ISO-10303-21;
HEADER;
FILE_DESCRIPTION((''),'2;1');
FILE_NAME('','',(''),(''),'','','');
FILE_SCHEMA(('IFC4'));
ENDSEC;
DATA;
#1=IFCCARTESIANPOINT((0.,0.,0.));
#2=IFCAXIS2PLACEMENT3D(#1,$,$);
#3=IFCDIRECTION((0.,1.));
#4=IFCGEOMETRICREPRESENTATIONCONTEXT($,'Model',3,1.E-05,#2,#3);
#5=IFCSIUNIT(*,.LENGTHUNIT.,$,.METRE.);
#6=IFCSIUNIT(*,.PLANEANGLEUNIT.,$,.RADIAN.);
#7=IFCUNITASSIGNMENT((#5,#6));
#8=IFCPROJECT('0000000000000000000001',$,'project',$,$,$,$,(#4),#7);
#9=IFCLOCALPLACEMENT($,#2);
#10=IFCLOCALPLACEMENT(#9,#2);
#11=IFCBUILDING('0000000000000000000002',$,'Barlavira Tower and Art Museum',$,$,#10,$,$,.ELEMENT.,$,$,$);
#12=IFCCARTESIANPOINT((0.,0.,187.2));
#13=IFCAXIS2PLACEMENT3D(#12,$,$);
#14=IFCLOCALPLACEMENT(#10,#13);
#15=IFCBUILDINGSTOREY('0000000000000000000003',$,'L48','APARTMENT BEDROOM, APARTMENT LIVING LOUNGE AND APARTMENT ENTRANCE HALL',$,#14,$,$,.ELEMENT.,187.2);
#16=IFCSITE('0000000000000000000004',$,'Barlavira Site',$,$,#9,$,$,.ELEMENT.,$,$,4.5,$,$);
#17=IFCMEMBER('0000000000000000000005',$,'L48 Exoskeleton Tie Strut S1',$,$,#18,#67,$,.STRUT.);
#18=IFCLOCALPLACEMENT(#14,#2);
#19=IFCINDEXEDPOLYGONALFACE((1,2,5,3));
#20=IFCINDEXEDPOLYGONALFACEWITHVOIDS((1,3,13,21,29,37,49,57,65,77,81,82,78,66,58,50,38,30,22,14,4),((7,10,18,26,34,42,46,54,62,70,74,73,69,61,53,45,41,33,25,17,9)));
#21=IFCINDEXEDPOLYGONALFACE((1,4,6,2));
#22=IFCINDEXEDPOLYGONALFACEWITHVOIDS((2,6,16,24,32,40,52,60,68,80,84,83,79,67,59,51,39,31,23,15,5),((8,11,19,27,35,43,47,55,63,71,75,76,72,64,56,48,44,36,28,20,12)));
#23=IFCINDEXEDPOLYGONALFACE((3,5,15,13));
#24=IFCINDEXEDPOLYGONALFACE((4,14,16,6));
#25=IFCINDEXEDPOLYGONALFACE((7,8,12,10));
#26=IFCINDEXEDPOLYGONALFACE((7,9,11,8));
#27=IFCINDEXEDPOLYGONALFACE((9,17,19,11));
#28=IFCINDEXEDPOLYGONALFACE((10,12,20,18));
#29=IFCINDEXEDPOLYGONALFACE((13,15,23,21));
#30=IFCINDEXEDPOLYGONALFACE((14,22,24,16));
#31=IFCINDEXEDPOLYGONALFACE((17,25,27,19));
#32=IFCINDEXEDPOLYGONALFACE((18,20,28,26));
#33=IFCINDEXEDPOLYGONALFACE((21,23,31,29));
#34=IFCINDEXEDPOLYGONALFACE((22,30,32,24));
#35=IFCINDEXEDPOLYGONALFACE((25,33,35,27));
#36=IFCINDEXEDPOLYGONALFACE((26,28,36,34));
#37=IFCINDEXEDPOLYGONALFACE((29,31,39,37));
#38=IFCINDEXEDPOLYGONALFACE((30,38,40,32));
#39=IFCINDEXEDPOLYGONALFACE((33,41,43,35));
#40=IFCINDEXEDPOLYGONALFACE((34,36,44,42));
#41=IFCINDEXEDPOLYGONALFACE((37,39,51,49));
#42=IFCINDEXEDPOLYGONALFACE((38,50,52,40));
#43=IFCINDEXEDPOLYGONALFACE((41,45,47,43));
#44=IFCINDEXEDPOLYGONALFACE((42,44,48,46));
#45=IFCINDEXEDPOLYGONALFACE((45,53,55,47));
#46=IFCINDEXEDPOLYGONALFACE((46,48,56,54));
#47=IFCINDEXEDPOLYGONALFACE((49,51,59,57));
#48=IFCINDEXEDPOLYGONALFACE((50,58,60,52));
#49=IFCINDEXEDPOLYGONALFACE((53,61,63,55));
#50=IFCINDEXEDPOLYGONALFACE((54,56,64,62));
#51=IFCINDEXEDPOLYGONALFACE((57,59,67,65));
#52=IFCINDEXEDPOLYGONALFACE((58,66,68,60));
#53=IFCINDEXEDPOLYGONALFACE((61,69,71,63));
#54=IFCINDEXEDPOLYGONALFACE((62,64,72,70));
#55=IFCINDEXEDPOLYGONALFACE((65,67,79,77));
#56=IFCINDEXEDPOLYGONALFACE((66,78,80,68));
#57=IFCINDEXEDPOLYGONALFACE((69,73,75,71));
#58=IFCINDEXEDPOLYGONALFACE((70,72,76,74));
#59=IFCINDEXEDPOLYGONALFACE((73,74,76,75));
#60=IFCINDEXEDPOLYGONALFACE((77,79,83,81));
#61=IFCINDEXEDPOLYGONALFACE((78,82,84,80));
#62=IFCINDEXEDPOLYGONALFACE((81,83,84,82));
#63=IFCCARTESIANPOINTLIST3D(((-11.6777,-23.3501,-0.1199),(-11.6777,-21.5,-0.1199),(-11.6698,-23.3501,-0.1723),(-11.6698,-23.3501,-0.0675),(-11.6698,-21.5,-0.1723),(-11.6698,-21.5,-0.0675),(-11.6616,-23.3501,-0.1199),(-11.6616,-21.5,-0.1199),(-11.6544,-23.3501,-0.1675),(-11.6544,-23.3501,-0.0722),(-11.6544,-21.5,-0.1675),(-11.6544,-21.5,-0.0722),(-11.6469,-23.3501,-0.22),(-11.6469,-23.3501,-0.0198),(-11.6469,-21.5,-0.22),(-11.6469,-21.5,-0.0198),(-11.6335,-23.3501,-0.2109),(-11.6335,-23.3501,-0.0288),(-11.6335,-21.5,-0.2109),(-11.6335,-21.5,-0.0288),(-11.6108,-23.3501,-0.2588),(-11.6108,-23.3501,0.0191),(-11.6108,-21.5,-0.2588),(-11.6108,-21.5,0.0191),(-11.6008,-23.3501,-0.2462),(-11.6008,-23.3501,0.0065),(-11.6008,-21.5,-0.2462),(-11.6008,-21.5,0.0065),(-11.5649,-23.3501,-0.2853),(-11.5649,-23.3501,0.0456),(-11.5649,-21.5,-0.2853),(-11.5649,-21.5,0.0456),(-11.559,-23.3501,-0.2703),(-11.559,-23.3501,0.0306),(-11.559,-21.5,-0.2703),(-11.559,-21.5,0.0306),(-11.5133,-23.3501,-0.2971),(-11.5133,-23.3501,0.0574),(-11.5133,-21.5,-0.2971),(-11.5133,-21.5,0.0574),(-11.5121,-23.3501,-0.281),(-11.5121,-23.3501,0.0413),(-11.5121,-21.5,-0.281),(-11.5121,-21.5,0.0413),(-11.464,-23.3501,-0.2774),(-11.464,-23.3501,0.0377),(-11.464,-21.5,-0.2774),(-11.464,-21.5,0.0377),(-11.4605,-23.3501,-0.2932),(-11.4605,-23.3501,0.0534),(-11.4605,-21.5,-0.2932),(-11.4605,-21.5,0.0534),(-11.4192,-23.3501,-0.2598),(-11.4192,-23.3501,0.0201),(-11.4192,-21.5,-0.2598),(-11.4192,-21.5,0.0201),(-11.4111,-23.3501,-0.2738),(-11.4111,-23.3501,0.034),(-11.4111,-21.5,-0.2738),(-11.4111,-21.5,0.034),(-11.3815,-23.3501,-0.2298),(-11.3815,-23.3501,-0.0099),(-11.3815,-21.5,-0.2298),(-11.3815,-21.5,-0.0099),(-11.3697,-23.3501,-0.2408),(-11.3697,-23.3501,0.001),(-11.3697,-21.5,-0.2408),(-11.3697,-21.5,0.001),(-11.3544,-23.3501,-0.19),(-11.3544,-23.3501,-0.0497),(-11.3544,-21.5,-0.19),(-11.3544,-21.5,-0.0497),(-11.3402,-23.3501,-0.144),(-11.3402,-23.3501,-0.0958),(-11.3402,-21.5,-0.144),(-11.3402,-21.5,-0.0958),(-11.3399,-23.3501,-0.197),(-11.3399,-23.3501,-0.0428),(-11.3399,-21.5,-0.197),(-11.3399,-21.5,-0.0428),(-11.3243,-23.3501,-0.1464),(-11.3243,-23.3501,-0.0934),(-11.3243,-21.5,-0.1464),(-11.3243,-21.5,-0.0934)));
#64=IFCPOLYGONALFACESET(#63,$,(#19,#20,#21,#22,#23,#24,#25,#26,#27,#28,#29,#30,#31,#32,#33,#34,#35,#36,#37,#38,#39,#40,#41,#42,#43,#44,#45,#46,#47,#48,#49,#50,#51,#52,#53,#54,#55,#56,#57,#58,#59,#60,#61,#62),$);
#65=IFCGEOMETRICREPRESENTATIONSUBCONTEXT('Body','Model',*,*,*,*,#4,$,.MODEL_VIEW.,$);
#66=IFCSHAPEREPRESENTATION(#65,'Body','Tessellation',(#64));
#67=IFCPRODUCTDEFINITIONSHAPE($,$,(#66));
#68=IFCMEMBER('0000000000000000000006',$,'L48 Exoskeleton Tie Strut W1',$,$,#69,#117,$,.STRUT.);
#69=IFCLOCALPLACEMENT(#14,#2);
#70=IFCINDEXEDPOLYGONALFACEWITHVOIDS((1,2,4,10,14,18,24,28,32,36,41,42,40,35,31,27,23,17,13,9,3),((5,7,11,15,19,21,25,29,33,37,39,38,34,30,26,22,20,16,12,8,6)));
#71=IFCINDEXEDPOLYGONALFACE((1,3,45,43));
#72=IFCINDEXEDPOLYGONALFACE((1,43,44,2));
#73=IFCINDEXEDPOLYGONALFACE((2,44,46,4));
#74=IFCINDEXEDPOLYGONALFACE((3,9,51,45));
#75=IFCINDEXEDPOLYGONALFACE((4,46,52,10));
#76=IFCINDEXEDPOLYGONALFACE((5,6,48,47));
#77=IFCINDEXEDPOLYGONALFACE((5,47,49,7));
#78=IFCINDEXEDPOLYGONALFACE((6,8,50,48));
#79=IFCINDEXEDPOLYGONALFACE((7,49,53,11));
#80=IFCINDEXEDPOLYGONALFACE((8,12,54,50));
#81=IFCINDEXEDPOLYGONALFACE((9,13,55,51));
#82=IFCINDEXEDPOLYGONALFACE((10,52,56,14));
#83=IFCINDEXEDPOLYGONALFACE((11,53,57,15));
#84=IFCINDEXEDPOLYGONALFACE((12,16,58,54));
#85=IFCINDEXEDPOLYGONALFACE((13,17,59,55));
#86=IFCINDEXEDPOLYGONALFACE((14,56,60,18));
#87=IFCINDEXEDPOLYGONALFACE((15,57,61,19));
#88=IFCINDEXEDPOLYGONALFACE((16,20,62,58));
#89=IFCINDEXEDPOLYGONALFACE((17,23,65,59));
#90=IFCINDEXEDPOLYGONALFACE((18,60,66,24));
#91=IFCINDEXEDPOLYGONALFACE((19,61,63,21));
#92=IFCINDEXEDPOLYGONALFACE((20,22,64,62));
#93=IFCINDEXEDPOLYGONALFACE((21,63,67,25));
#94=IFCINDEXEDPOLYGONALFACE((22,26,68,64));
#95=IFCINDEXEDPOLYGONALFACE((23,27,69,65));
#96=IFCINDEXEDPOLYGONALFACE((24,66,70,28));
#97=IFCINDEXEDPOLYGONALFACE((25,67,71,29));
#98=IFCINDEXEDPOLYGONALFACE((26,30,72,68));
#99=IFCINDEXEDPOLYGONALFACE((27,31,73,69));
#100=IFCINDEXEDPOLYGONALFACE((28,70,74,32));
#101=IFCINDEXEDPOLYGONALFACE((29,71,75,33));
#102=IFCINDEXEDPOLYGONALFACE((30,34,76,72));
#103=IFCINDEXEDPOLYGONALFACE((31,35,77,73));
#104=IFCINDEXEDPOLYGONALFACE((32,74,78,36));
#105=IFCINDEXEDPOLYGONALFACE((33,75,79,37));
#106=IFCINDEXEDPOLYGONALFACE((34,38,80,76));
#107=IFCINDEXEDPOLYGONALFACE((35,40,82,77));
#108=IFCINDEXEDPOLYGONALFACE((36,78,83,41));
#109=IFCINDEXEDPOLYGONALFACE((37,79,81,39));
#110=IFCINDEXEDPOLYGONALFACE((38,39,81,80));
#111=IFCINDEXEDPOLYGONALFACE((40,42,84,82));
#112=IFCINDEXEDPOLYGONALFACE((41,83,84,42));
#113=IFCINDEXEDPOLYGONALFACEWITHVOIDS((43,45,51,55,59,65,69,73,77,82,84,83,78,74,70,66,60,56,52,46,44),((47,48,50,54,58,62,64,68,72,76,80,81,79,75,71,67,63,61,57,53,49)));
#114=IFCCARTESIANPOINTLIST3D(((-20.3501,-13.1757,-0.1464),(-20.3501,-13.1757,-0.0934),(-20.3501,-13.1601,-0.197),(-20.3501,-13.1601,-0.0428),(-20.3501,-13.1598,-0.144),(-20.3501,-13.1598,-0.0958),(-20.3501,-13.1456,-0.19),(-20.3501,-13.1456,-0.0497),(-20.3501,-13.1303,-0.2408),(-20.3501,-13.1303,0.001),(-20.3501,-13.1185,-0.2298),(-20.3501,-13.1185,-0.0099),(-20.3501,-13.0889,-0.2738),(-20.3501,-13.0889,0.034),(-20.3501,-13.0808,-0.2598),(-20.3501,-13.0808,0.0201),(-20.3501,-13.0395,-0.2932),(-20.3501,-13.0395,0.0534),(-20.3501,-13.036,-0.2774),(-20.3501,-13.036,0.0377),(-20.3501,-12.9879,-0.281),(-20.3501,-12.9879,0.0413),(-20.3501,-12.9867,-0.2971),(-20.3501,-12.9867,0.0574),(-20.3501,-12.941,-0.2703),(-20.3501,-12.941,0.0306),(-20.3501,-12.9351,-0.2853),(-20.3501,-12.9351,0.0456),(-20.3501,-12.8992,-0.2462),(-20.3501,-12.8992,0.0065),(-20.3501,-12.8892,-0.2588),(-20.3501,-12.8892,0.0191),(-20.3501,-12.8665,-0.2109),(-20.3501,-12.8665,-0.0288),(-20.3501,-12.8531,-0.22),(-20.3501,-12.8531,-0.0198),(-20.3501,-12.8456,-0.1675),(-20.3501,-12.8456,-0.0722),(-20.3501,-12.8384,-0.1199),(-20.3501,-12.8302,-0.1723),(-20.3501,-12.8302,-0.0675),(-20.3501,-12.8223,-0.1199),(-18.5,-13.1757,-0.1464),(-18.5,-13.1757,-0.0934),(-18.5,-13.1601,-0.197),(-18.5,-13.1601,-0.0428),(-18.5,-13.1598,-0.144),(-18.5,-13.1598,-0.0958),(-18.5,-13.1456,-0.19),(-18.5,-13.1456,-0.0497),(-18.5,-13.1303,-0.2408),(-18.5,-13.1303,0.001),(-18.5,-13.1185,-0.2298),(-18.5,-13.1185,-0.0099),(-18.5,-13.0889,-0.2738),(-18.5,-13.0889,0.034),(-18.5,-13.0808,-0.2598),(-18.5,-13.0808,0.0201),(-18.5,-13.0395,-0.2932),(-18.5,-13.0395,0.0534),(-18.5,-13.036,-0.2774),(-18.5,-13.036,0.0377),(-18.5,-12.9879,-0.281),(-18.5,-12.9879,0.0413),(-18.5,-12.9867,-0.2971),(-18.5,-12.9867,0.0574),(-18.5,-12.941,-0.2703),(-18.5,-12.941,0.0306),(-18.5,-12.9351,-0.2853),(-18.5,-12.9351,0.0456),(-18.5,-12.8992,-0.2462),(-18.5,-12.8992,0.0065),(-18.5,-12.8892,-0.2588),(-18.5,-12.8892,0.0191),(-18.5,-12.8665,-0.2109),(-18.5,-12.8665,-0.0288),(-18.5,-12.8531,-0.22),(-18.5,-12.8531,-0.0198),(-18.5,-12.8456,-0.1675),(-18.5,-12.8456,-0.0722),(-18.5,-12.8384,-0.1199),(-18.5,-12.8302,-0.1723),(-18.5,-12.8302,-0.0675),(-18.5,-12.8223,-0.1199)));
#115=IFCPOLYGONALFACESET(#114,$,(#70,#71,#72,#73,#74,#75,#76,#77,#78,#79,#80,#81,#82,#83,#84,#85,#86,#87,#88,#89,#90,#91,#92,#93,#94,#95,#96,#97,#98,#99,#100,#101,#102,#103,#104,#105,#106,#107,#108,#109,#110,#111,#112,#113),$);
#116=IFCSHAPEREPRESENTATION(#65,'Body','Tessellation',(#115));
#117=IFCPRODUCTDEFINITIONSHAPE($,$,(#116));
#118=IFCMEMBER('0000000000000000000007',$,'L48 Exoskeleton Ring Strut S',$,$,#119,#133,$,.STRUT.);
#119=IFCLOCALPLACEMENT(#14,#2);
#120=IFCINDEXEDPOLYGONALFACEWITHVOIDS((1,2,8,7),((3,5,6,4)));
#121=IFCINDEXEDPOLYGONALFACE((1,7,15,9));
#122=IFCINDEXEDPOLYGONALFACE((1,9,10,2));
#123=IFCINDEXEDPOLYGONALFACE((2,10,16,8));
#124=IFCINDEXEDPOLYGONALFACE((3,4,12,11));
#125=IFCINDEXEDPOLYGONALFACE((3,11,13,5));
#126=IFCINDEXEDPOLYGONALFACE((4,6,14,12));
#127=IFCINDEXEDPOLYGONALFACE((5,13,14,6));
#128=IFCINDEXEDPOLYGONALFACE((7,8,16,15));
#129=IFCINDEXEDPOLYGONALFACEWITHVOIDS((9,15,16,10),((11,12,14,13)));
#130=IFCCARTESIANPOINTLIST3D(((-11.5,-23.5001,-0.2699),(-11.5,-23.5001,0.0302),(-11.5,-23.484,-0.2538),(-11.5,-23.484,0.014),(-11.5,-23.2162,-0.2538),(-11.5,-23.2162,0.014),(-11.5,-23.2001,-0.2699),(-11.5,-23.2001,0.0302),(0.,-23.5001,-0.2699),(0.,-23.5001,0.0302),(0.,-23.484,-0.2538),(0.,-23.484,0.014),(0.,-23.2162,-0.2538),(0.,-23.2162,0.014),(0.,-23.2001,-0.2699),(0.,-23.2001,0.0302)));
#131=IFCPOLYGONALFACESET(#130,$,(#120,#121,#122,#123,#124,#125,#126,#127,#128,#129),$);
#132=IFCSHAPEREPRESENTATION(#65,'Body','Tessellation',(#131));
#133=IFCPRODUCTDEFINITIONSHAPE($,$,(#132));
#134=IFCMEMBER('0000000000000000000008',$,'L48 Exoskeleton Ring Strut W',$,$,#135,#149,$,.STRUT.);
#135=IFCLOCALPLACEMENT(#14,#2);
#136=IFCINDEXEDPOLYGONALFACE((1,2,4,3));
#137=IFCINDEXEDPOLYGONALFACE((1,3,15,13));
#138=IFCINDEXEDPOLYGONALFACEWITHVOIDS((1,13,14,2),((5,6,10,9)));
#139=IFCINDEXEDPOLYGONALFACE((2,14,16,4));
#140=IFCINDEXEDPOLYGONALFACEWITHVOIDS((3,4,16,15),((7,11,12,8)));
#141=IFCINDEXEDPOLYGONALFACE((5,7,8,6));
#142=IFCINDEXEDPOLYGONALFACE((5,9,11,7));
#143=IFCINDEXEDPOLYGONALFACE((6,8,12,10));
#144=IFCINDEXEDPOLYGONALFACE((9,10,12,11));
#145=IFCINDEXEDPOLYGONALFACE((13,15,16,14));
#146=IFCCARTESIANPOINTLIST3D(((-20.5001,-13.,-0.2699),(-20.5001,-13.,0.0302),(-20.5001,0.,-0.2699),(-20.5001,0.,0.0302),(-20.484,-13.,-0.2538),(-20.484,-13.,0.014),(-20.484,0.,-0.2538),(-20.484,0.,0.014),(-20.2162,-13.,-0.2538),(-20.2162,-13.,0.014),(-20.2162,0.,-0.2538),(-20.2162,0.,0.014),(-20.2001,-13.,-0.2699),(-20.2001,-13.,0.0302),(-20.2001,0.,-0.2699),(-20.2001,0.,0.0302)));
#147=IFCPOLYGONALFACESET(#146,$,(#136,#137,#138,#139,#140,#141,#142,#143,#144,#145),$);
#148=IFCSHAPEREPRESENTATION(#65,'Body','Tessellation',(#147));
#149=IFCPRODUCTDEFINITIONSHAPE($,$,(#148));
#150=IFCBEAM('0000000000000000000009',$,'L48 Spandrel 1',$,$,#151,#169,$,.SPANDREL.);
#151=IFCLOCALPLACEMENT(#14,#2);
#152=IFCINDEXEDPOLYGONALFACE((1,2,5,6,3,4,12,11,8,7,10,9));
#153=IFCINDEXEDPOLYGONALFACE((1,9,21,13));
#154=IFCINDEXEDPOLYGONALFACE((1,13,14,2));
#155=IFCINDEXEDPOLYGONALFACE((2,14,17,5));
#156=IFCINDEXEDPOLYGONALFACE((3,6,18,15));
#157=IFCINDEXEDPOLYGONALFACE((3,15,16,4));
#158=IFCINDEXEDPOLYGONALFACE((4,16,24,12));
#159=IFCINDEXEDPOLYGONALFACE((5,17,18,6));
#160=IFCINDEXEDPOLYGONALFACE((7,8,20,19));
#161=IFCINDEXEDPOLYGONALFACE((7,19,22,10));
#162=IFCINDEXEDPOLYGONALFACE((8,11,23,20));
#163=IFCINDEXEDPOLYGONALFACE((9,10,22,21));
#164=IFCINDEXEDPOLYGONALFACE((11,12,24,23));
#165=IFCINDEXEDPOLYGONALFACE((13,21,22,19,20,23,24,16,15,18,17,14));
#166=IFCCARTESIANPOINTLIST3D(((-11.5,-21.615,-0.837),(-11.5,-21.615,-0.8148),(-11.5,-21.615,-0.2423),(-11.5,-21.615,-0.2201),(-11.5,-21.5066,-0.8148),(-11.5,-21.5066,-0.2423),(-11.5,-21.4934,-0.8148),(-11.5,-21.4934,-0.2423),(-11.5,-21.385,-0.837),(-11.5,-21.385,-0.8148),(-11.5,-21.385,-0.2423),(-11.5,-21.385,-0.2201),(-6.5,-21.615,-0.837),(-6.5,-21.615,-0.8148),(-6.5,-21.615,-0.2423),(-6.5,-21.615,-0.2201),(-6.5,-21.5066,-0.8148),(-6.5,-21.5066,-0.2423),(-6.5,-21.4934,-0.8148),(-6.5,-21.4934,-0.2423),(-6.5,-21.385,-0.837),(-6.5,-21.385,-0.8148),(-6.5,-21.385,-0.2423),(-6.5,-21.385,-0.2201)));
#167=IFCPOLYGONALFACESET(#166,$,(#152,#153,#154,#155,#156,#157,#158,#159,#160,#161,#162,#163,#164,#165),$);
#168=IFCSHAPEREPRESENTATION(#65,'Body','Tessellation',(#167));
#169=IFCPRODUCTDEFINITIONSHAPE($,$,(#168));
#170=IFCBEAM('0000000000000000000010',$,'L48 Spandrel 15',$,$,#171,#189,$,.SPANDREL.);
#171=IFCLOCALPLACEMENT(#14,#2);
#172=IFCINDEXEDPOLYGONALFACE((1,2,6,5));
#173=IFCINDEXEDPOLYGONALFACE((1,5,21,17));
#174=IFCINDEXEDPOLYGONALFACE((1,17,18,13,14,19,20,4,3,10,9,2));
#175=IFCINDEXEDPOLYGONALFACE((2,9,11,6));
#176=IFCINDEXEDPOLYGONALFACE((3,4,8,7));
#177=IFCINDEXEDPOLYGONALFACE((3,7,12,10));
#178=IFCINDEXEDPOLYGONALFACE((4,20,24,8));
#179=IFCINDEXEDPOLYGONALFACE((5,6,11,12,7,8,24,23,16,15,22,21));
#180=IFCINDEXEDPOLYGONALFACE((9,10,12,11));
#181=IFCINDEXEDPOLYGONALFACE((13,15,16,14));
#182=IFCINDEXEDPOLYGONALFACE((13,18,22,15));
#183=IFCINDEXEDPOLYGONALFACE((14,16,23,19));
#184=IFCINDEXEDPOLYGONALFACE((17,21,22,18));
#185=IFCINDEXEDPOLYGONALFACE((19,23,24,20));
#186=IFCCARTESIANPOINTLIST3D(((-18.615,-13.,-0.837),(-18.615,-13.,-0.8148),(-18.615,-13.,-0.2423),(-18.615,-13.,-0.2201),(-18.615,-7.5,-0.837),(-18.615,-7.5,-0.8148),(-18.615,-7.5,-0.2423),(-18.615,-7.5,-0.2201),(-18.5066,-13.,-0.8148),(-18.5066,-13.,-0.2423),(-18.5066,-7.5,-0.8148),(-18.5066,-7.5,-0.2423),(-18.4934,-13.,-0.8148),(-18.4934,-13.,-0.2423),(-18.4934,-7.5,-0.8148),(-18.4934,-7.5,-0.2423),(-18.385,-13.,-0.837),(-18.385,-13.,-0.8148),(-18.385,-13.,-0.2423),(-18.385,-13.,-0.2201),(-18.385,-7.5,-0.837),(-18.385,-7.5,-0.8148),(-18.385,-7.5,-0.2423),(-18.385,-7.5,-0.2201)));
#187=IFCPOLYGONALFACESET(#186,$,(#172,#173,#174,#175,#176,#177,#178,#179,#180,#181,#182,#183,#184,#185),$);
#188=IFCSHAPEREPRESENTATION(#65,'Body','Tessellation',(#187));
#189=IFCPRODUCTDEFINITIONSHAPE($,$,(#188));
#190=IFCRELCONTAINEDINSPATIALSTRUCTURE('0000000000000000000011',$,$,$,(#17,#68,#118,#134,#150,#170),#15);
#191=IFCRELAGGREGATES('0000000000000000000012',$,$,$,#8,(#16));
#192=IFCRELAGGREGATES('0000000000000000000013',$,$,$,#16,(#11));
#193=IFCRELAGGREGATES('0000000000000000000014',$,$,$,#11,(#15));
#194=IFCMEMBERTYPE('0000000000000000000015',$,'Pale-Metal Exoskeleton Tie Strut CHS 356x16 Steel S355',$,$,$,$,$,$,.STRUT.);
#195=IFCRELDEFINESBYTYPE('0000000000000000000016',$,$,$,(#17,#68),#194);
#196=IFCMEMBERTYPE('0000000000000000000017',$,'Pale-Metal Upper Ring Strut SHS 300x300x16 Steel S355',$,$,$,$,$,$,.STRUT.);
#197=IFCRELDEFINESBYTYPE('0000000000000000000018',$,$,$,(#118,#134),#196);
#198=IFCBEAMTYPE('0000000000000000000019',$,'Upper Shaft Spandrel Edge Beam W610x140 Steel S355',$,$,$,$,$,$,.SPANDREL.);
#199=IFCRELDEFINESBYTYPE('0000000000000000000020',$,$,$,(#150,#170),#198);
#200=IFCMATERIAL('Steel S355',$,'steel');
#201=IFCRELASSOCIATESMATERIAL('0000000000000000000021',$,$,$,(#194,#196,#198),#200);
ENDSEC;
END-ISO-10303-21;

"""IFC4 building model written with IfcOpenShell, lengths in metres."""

from ifc_helpers import new_model, si_unit, direction, frame, origin, origin_2d, place, context, subcontext, project, spatial, hollow_rectangle, hollow_circle, i_section, extrude, material, material_profile, profile_set, type_object, element, save


model = new_model("IFC4")

# Units and contexts
model_context = context("Model", 3, precision=1e-05, world=origin(), true_north=direction((0.0, 1.0)))
body_context = subcontext(model_context, "Body", "Model", "MODEL_VIEW")
ifc_project = project(units=[si_unit("LENGTHUNIT", "METRE"), si_unit("PLANEANGLEUNIT", "RADIAN")], contexts=[model_context])

# Site, building, storey
site_placement = place(None, origin())
site = spatial("IfcSite", under=ifc_project, at=site_placement, Name="Barlavira Site", CompositionType="ELEMENT", RefElevation=4.5)
building_placement = place(site_placement, origin())
building = spatial("IfcBuilding", under=site, at=building_placement, Name="Barlavira Tower and Art Museum", CompositionType="ELEMENT")
storey_placement = place(building_placement, frame((0.0, 0.0, 187.2)))
storey = spatial("IfcBuildingStorey", under=building, at=storey_placement, Name="L48", Description="APARTMENT BEDROOM, APARTMENT LIVING LOUNGE AND APARTMENT ENTRANCE HALL", CompositionType="ELEMENT", Elevation=187.2)

# Members
ifc_material_1 = material(Name="Steel S355", Category="steel")
ifc_material_profile_1 = material_profile(ifc_material_1, hollow_circle(Radius=0.1777, WallThickness=0.0161, at=origin_2d()), Name="CHS 355.6x16.0")
ifc_profile_set_1 = profile_set([ifc_material_profile_1], Name="Steel S355")
member_type_1 = type_object("IfcMemberType", Name="Pale-Metal Exoskeleton Tie Strut CHS 356x16 Steel S355", PredefinedType="STRUT", material=ifc_profile_set_1)
for number, where, z_axis, x_axis, name in (
    (1, (-11.5, -23.3501, -0.1199), (0.0, 1.0, 0.0), (-1.0, 0.0, 0.0), "L48 Exoskeleton Tie Strut S1"),
    (2, (-20.3501, -13.0, -0.1199), (1.0, 0.0, 0.0), (0.0, 1.0, 0.0), "L48 Exoskeleton Tie Strut W1"),
):
    element("IfcMember", number, at=place(storey_placement, frame(where, z_axis=z_axis, x_axis=x_axis)), inside=storey, type_object=member_type_1, Name=name, PredefinedType="STRUT", context=body_context, shape_type="SweptSolid", body=[
        extrude(hollow_circle(Radius=0.1777, WallThickness=0.0161, at=origin_2d()), origin(), (0.0, 0.0, 1.0), 1.8501),
    ])
ifc_material_profile_2 = material_profile(ifc_material_1, hollow_rectangle(XDim=0.3, YDim=0.3, WallThickness=0.0161, at=origin_2d()), Name="SHS 300x300x16.0")
ifc_profile_set_2 = profile_set([ifc_material_profile_2], Name="Steel S355")
member_type_2 = type_object("IfcMemberType", Name="Pale-Metal Upper Ring Strut SHS 300x300x16 Steel S355", PredefinedType="STRUT", material=ifc_profile_set_2)
member_1_placement = place(storey_placement, frame((-11.5, -23.3501, -0.1199), z_axis=(1.0, 0.0, 0.0), x_axis=(0.0, 1.0, 0.0)))
element("IfcMember", 3, at=member_1_placement, inside=storey, type_object=member_type_2, Name="L48 Exoskeleton Ring Strut S", PredefinedType="STRUT", context=body_context, shape_type="SweptSolid", body=[
    extrude(hollow_rectangle(XDim=0.3, YDim=0.3, WallThickness=0.0161, at=origin_2d()), origin(), (0.0, 0.0, 1.0), 11.5),
])
member_2_placement = place(storey_placement, frame((-20.3501, -13.0, -0.1199), z_axis=(0.0, 1.0, 0.0), x_axis=(-1.0, 0.0, 0.0)))
element("IfcMember", 4, at=member_2_placement, inside=storey, type_object=member_type_2, Name="L48 Exoskeleton Ring Strut W", PredefinedType="STRUT", context=body_context, shape_type="SweptSolid", body=[
    extrude(hollow_rectangle(XDim=0.3, YDim=0.3, WallThickness=0.0161, at=origin_2d()), origin(), (0.0, 0.0, 1.0), 13.0),
])

# Beams
ifc_material_profile_3 = material_profile(ifc_material_1, i_section(OverallWidth=0.23, OverallDepth=0.6169, WebThickness=0.0132, FlangeThickness=0.0222, at=origin_2d()), Name="W610x140.0")
ifc_profile_set_3 = profile_set([ifc_material_profile_3], Name="Steel S355")
beam_type_1 = type_object("IfcBeamType", Name="Upper Shaft Spandrel Edge Beam W610x140 Steel S355", PredefinedType="SPANDREL", material=ifc_profile_set_3)
beam_1_placement = place(storey_placement, frame((-11.5, -21.5, -0.5286), z_axis=(1.0, 0.0, 0.0), x_axis=(0.0, 1.0, 0.0)))
element("IfcBeam", 5, at=beam_1_placement, inside=storey, type_object=beam_type_1, Name="L48 Spandrel 1", PredefinedType="SPANDREL", context=body_context, shape_type="SweptSolid", body=[
    extrude(i_section(OverallWidth=0.23, OverallDepth=0.6169, WebThickness=0.0132, FlangeThickness=0.0222, at=origin_2d()), origin(), (0.0, 0.0, 1.0), 5.0),
])
beam_2_placement = place(storey_placement, frame((-18.5, -13.0, -0.5286), z_axis=(0.0, 1.0, 0.0), x_axis=(-1.0, 0.0, 0.0)))
element("IfcBeam", 6, at=beam_2_placement, inside=storey, type_object=beam_type_1, Name="L48 Spandrel 15", PredefinedType="SPANDREL", context=body_context, shape_type="SweptSolid", body=[
    extrude(i_section(OverallWidth=0.23, OverallDepth=0.6169, WebThickness=0.0132, FlangeThickness=0.0222, at=origin_2d()), origin(), (0.0, 0.0, 1.0), 5.5),
])

save(model, "model.ifc")
